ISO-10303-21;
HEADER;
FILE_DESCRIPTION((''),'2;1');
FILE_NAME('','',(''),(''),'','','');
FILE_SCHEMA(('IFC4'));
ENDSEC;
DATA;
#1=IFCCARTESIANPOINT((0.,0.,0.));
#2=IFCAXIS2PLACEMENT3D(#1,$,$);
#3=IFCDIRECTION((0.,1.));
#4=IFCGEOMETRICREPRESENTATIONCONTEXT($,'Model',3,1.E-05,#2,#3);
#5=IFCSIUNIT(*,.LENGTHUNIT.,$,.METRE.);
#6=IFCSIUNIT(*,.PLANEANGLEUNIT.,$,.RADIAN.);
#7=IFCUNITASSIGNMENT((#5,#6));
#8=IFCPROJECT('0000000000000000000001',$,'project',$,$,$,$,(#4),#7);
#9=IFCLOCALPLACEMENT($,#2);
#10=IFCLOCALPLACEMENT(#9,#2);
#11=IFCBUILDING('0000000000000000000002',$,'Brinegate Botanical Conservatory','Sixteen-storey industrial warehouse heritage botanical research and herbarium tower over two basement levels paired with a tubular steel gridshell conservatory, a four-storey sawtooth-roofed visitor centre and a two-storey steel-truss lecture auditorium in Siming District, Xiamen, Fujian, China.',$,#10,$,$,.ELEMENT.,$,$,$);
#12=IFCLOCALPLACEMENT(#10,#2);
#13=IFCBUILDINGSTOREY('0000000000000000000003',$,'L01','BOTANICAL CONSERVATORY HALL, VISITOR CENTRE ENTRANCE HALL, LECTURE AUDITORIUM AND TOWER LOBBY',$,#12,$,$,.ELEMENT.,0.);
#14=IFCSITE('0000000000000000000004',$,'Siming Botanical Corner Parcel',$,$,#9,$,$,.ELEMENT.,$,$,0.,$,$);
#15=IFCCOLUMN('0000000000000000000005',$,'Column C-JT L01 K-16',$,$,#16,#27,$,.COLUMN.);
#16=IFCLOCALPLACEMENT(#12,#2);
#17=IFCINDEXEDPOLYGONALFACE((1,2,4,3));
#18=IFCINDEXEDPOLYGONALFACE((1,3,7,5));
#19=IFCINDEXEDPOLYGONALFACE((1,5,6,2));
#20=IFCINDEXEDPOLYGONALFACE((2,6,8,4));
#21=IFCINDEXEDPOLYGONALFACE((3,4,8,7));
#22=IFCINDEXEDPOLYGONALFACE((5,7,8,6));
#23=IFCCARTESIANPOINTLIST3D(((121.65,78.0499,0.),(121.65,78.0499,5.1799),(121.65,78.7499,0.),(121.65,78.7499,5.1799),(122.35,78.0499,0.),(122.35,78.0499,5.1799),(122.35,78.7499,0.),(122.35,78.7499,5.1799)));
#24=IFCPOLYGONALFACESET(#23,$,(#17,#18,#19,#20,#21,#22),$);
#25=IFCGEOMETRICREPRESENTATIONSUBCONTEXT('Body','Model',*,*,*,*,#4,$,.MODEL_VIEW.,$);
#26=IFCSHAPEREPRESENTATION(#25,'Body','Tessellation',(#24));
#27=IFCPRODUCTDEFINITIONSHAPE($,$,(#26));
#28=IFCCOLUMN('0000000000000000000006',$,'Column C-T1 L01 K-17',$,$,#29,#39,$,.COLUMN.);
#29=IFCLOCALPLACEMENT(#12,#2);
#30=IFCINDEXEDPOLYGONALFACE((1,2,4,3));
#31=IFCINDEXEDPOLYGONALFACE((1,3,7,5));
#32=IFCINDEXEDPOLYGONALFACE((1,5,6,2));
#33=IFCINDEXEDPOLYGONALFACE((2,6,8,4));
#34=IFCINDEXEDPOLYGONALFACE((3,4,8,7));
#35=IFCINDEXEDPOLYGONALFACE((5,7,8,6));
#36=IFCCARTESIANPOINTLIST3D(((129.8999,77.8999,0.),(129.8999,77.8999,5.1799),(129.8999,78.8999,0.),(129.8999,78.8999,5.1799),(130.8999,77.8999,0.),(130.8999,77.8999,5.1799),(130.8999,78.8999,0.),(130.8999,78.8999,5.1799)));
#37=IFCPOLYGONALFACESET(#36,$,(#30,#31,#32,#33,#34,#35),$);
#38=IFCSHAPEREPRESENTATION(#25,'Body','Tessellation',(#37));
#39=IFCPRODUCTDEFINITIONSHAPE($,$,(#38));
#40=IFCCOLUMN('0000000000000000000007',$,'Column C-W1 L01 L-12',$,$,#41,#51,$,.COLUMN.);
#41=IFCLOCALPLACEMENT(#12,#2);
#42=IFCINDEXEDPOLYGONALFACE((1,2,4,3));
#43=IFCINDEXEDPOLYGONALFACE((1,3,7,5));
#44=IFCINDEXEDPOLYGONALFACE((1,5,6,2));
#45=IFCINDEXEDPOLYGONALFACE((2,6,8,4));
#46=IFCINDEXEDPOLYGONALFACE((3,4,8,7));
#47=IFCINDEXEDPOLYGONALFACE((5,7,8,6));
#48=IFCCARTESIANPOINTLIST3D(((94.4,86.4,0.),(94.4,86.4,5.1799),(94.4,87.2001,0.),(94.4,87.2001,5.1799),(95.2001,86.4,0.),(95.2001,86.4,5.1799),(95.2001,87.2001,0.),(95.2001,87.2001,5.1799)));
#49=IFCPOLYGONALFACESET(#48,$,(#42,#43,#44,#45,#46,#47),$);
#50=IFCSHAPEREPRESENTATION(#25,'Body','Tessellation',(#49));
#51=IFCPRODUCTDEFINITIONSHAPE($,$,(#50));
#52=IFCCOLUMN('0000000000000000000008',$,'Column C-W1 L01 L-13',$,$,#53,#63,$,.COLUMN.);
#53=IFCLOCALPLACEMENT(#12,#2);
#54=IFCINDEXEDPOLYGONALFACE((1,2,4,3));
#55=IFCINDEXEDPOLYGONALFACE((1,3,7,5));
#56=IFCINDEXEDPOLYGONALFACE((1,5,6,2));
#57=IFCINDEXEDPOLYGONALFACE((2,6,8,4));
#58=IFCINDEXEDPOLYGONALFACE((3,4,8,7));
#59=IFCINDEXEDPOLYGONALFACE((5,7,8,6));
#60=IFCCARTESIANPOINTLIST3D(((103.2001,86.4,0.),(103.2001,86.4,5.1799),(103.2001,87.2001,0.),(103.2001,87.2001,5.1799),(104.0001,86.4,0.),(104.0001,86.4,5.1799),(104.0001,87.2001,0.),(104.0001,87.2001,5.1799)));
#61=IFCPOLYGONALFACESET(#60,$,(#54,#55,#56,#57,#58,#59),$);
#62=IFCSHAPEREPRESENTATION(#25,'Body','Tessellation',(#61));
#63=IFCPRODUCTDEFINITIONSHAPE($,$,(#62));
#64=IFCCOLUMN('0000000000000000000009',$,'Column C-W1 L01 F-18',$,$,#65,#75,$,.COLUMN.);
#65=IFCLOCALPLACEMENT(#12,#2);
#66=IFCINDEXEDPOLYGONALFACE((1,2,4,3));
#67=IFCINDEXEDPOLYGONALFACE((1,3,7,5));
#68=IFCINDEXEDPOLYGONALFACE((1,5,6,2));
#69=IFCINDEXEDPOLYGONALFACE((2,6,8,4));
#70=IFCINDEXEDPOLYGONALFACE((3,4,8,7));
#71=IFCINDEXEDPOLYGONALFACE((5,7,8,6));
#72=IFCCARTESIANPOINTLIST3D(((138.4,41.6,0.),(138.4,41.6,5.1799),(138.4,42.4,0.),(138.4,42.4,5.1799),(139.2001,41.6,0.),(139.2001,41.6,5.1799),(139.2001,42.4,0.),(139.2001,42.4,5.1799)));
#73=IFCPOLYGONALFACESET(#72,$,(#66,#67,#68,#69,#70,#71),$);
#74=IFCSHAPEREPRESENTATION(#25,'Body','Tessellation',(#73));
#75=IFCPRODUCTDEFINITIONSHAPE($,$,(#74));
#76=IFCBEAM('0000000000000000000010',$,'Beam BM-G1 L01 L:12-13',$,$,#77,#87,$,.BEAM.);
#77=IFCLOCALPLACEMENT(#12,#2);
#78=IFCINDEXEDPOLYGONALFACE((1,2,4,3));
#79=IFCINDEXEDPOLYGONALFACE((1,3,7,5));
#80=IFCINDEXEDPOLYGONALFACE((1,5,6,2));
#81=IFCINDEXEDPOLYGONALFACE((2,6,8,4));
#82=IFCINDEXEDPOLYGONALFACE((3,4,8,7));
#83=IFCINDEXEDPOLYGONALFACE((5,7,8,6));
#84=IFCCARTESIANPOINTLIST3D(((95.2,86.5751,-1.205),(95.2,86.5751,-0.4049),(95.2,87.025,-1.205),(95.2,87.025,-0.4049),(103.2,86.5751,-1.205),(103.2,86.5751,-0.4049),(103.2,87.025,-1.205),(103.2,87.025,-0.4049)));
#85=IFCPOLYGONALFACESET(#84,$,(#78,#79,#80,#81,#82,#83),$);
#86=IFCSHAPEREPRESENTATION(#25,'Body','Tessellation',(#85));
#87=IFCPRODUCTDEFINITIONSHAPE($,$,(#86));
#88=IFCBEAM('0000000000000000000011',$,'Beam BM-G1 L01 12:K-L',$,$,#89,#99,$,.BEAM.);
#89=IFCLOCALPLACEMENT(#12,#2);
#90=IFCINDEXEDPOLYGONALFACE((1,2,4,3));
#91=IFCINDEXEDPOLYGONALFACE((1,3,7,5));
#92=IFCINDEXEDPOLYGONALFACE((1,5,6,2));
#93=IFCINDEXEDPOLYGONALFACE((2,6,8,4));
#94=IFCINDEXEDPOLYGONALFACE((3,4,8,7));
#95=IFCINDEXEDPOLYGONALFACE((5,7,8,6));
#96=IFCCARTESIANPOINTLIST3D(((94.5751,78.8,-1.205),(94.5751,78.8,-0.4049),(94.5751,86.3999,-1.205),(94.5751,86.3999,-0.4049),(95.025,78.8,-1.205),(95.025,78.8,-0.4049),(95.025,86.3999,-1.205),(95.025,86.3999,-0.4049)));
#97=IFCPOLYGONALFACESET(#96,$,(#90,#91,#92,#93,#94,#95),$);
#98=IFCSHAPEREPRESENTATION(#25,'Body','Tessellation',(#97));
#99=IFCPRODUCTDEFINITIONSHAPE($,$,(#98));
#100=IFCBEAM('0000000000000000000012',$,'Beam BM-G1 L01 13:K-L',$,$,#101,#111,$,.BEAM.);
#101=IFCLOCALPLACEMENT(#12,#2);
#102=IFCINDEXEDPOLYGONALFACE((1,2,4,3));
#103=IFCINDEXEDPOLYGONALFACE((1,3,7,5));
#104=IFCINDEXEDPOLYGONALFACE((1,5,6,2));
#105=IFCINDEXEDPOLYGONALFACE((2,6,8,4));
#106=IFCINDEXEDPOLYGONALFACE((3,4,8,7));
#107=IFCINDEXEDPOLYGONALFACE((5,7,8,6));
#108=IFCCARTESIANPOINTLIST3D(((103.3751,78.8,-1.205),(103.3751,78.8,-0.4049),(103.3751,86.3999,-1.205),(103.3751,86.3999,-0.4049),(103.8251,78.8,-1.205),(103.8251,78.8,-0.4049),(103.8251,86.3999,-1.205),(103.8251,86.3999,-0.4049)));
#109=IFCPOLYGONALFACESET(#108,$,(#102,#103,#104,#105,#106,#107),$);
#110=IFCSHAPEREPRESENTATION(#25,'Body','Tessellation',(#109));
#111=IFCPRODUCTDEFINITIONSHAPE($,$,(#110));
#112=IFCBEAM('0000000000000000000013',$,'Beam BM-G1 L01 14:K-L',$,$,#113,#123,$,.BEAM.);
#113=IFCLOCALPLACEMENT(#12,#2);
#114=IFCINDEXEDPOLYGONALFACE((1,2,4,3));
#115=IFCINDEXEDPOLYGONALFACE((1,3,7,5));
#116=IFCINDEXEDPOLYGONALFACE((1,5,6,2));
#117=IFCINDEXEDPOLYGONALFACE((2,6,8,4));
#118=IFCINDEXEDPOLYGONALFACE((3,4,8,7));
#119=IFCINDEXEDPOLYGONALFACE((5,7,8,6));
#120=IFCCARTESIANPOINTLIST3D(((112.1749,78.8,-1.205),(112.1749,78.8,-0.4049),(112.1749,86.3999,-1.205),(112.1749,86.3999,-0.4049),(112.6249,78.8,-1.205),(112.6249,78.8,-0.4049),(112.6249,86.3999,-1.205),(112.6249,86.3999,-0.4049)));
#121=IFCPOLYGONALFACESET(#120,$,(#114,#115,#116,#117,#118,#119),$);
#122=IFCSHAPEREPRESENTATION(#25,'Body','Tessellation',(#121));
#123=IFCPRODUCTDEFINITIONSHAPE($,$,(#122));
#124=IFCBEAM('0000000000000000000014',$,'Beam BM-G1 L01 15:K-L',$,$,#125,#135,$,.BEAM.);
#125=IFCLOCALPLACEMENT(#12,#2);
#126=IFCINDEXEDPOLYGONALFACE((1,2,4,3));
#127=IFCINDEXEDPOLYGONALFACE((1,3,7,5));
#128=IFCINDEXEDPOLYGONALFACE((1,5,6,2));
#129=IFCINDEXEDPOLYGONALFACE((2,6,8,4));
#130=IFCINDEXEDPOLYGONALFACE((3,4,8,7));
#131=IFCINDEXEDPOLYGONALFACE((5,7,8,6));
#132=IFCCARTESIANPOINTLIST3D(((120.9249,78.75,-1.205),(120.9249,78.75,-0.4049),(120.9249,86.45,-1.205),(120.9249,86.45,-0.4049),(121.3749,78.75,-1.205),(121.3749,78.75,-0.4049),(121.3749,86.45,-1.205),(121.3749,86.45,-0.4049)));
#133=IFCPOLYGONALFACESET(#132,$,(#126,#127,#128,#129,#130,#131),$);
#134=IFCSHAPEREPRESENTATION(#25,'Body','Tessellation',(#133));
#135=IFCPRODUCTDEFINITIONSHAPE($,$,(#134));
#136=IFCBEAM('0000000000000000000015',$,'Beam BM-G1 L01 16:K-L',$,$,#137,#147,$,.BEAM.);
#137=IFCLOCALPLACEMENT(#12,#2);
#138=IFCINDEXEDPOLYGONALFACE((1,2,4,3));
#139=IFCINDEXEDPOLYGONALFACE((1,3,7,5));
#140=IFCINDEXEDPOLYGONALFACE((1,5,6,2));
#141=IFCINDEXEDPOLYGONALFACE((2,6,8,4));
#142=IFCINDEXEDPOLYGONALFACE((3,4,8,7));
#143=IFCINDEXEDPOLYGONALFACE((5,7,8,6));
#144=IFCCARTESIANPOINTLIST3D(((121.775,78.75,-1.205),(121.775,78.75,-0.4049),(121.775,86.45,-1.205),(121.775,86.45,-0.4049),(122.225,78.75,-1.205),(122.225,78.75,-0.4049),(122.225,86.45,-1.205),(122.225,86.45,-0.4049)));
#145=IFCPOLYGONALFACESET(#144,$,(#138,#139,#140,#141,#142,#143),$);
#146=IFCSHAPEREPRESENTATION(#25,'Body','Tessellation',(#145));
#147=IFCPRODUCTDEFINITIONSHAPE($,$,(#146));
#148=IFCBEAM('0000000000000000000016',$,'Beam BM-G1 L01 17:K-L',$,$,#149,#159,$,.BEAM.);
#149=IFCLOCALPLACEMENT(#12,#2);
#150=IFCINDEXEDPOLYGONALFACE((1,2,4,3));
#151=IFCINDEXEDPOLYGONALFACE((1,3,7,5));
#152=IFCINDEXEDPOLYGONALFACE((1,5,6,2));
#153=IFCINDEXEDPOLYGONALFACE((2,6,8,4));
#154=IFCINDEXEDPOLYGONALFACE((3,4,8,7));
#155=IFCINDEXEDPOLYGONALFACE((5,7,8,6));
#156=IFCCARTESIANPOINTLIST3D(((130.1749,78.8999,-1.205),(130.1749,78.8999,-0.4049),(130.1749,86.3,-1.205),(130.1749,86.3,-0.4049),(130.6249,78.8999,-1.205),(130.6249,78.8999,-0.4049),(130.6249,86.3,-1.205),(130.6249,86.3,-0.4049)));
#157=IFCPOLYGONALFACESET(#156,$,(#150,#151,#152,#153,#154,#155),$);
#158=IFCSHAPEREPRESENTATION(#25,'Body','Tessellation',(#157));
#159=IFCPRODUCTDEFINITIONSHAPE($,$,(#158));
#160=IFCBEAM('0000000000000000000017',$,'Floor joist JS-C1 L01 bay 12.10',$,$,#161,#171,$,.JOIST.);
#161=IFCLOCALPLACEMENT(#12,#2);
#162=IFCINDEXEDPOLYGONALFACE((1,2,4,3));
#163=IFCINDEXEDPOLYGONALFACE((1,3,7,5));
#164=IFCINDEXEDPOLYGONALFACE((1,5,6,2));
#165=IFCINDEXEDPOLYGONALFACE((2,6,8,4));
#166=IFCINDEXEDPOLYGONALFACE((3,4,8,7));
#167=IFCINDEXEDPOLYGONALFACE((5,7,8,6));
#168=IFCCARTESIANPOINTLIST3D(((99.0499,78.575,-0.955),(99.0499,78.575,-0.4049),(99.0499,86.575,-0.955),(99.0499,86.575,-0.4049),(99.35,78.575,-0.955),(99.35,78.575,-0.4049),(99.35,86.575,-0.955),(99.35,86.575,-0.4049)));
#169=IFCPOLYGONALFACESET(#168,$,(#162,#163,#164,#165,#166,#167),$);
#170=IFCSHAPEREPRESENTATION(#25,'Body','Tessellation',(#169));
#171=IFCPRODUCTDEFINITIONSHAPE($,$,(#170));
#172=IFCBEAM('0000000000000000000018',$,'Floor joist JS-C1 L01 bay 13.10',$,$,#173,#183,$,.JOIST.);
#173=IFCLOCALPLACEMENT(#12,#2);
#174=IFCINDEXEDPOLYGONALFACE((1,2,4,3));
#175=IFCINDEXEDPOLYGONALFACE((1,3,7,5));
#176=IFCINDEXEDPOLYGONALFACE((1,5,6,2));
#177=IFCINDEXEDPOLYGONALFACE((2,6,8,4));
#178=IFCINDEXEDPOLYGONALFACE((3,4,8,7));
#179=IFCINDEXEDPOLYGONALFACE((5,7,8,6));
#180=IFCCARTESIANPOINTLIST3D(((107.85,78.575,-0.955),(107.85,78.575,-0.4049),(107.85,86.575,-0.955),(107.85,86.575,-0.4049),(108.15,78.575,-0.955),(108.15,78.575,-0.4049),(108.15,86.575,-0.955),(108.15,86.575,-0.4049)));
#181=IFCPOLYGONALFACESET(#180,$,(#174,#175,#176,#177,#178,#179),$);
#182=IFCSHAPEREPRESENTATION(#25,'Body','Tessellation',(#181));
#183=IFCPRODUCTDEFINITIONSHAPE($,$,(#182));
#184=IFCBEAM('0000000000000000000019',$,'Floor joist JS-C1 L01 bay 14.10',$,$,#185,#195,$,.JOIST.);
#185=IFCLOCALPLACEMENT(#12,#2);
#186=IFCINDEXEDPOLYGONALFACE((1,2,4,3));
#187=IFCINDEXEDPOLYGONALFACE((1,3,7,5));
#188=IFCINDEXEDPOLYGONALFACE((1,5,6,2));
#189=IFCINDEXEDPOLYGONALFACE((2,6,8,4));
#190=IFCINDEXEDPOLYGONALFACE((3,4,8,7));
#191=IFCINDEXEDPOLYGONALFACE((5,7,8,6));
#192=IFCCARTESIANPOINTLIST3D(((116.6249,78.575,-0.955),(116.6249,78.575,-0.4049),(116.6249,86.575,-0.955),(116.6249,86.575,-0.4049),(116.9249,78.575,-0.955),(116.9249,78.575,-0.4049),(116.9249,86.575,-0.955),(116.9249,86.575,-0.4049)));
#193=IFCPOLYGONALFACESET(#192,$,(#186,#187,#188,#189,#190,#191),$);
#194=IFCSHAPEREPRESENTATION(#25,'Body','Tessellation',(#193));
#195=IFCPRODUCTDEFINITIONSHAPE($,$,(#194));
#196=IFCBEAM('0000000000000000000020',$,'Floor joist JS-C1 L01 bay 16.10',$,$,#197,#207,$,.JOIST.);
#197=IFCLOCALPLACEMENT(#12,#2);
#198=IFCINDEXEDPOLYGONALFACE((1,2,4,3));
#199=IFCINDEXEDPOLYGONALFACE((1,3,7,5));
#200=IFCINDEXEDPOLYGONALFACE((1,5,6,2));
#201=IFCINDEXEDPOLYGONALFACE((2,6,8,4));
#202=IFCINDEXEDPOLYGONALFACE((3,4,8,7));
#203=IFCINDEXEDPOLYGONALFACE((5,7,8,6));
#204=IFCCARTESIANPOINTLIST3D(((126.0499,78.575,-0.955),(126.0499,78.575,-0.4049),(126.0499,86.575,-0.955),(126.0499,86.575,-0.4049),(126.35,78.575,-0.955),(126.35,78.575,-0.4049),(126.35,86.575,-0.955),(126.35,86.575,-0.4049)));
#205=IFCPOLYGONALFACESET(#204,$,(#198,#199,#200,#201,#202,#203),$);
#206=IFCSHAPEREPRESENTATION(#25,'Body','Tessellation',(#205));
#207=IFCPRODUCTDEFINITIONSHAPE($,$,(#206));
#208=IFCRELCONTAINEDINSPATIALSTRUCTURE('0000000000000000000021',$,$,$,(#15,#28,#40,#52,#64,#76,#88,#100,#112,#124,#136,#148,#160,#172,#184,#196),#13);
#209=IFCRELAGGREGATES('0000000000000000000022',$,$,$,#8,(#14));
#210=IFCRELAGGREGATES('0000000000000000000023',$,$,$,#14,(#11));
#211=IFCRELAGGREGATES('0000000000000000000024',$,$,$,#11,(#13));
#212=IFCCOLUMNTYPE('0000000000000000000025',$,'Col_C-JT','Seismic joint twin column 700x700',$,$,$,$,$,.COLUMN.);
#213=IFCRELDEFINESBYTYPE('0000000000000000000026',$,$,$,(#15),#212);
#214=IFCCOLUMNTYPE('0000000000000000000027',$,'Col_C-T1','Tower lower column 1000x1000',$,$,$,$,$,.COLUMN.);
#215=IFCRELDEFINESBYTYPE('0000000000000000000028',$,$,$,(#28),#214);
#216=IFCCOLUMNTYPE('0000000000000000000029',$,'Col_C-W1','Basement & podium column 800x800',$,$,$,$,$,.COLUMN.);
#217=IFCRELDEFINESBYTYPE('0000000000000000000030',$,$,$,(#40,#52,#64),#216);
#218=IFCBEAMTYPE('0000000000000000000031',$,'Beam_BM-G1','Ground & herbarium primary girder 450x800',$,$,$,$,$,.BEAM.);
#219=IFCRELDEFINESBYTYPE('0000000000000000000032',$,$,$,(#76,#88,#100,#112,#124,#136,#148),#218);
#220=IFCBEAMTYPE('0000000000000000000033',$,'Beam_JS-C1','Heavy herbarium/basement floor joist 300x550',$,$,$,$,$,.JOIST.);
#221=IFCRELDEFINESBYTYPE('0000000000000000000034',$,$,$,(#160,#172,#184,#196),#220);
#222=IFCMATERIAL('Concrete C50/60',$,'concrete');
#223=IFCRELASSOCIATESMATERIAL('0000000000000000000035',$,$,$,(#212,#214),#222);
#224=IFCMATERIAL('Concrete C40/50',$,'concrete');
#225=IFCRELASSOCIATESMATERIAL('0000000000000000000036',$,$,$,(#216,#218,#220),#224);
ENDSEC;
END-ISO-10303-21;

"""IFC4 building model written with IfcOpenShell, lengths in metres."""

from ifc_helpers import new_model, si_unit, direction, frame, origin, origin_2d, place, context, subcontext, project, spatial, rectangle, extrude, material, material_profile, profile_set, type_object, element, save


model = new_model("IFC4")

# Units and contexts
model_context = context("Model", 3, precision=1e-05, world=origin(), true_north=direction((0.0, 1.0)))
body_context = subcontext(model_context, "Body", "Model", "MODEL_VIEW")
ifc_project = project(units=[si_unit("LENGTHUNIT", "METRE"), si_unit("PLANEANGLEUNIT", "RADIAN")], contexts=[model_context])

# Site, building, storey
site_placement = place(None, origin())
site = spatial("IfcSite", under=ifc_project, at=site_placement, Name="Siming Botanical Corner Parcel", CompositionType="ELEMENT", RefElevation=0.0)
building_placement = place(site_placement, origin())
building = spatial("IfcBuilding", under=site, at=building_placement, Name="Brinegate Botanical Conservatory", Description="Sixteen-storey industrial warehouse heritage botanical research and herbarium tower over two basement levels paired with a tubular steel gridshell conservatory, a four-storey sawtooth-roofed visitor centre and a two-storey steel-truss lecture auditorium in Siming District, Xiamen, Fujian, China.", CompositionType="ELEMENT")
storey_placement = place(building_placement, origin())
storey = spatial("IfcBuildingStorey", under=building, at=storey_placement, Name="L01", Description="BOTANICAL CONSERVATORY HALL, VISITOR CENTRE ENTRANCE HALL, LECTURE AUDITORIUM AND TOWER LOBBY", CompositionType="ELEMENT", Elevation=0.0)

# Columns
ifc_material_1 = material(Name="Concrete C50/60", Category="concrete")
ifc_material_profile_1 = material_profile(ifc_material_1, rectangle(XDim=0.7, YDim=0.7, at=origin_2d()), Name="RC COL 700x700")
ifc_profile_set_1 = profile_set([ifc_material_profile_1], Name="Concrete C50/60")
column_type_1 = type_object("IfcColumnType", Name="Col_C-JT", Description="Seismic joint twin column 700x700", PredefinedType="COLUMN", material=ifc_profile_set_1)
column_1_placement = place(storey_placement, frame((122.0, 78.3999, 0.0), z_axis=(0.0, 0.0, 1.0), x_axis=(1.0, 0.0, 0.0)))
element("IfcColumn", 1, at=column_1_placement, inside=storey, type_object=column_type_1, Name="Column C-JT L01 K-16", PredefinedType="COLUMN", context=body_context, shape_type="SweptSolid", body=[
    extrude(rectangle(XDim=0.7, YDim=0.7, at=origin_2d()), origin(), (0.0, 0.0, 1.0), 5.1799),
])
ifc_material_profile_2 = material_profile(ifc_material_1, rectangle(XDim=1.0, YDim=1.0, at=origin_2d()), Name="RC COL 1000x1000")
ifc_profile_set_2 = profile_set([ifc_material_profile_2], Name="Concrete C50/60")
column_type_2 = type_object("IfcColumnType", Name="Col_C-T1", Description="Tower lower column 1000x1000", PredefinedType="COLUMN", material=ifc_profile_set_2)
column_2_placement = place(storey_placement, frame((130.3999, 78.3999, 0.0), z_axis=(0.0, 0.0, 1.0), x_axis=(1.0, 0.0, 0.0)))
element("IfcColumn", 2, at=column_2_placement, inside=storey, type_object=column_type_2, Name="Column C-T1 L01 K-17", PredefinedType="COLUMN", context=body_context, shape_type="SweptSolid", body=[
    extrude(rectangle(XDim=1.0, YDim=1.0, at=origin_2d()), origin(), (0.0, 0.0, 1.0), 5.1799),
])
ifc_material_2 = material(Name="Concrete C40/50", Category="concrete")
ifc_material_profile_3 = material_profile(ifc_material_2, rectangle(XDim=0.8, YDim=0.8, at=origin_2d()), Name="RC COL 800x800")
ifc_profile_set_3 = profile_set([ifc_material_profile_3], Name="Concrete C40/50")
column_type_3 = type_object("IfcColumnType", Name="Col_C-W1", Description="Basement & podium column 800x800", PredefinedType="COLUMN", material=ifc_profile_set_3)
for number, where, z_axis, x_axis, name in (
    (3, (94.8, 86.8, 0.0), (0.0, 0.0, 1.0), (1.0, 0.0, 0.0), "Column C-W1 L01 L-12"),
    (4, (103.6001, 86.8, 0.0), (0.0, 0.0, 1.0), (1.0, 0.0, 0.0), "Column C-W1 L01 L-13"),
    (5, (138.8, 42.0, 0.0), (0.0, 0.0, 1.0), (1.0, 0.0, 0.0), "Column C-W1 L01 F-18"),
):
    element("IfcColumn", number, at=place(storey_placement, frame(where, z_axis=z_axis, x_axis=x_axis)), inside=storey, type_object=column_type_3, Name=name, PredefinedType="COLUMN", context=body_context, shape_type="SweptSolid", body=[
        extrude(rectangle(XDim=0.8, YDim=0.8, at=origin_2d()), origin(), (0.0, 0.0, 1.0), 5.1799),
    ])

# Beams
ifc_material_profile_4 = material_profile(ifc_material_2, rectangle(XDim=0.45, YDim=0.8, at=origin_2d()), Name="RC BM 450x800")
ifc_profile_set_4 = profile_set([ifc_material_profile_4], Name="Concrete C40/50")
beam_type_1 = type_object("IfcBeamType", Name="Beam_BM-G1", Description="Ground & herbarium primary girder 450x800", PredefinedType="BEAM", material=ifc_profile_set_4)
beam_1_placement = place(storey_placement, frame((95.2, 86.8, -0.8049), z_axis=(1.0, 0.0, 0.0), x_axis=(0.0, 1.0, 0.0)))
element("IfcBeam", 6, at=beam_1_placement, inside=storey, type_object=beam_type_1, Name="Beam BM-G1 L01 L:12-13", PredefinedType="BEAM", context=body_context, shape_type="SweptSolid", body=[
    extrude(rectangle(XDim=0.45, YDim=0.8, at=origin_2d()), origin(), (0.0, 0.0, 1.0), 8.0),
])
for number, where, z_axis, x_axis, name in (
    (7, (94.8, 78.8, -0.8049), (0.0, 1.0, 0.0), (-1.0, 0.0, 0.0), "Beam BM-G1 L01 12:K-L"),
    (8, (103.6001, 78.8, -0.8049), (0.0, 1.0, 0.0), (-1.0, 0.0, 0.0), "Beam BM-G1 L01 13:K-L"),
    (9, (112.3999, 78.8, -0.8049), (0.0, 1.0, 0.0), (-1.0, 0.0, 0.0), "Beam BM-G1 L01 14:K-L"),
):
    element("IfcBeam", number, at=place(storey_placement, frame(where, z_axis=z_axis, x_axis=x_axis)), inside=storey, type_object=beam_type_1, Name=name, PredefinedType="BEAM", context=body_context, shape_type="SweptSolid", body=[
        extrude(rectangle(XDim=0.45, YDim=0.8, at=origin_2d()), origin(), (0.0, 0.0, 1.0), 7.5999),
    ])
for number, where, z_axis, x_axis, name in (
    (10, (121.1499, 78.75, -0.8049), (0.0, 1.0, 0.0), (-1.0, 0.0, 0.0), "Beam BM-G1 L01 15:K-L"),
    (11, (122.0, 78.75, -0.8049), (0.0, 1.0, 0.0), (-1.0, 0.0, 0.0), "Beam BM-G1 L01 16:K-L"),
):
    element("IfcBeam", number, at=place(storey_placement, frame(where, z_axis=z_axis, x_axis=x_axis)), inside=storey, type_object=beam_type_1, Name=name, PredefinedType="BEAM", context=body_context, shape_type="SweptSolid", body=[
        extrude(rectangle(XDim=0.45, YDim=0.8, at=origin_2d()), origin(), (0.0, 0.0, 1.0), 7.7),
    ])
beam_2_placement = place(storey_placement, frame((130.3999, 78.8999, -0.8049), z_axis=(0.0, 1.0, 0.0), x_axis=(-1.0, 0.0, 0.0)))
element("IfcBeam", 12, at=beam_2_placement, inside=storey, type_object=beam_type_1, Name="Beam BM-G1 L01 17:K-L", PredefinedType="BEAM", context=body_context, shape_type="SweptSolid", body=[
    extrude(rectangle(XDim=0.45, YDim=0.8, at=origin_2d()), origin(), (0.0, 0.0, 1.0), 7.4001),
])
ifc_material_profile_5 = material_profile(ifc_material_2, rectangle(XDim=0.3, YDim=0.55, at=origin_2d()), Name="RC JST 300x550")
ifc_profile_set_5 = profile_set([ifc_material_profile_5], Name="Concrete C40/50")
beam_type_2 = type_object("IfcBeamType", Name="Beam_JS-C1", Description="Heavy herbarium/basement floor joist 300x550", PredefinedType="JOIST", material=ifc_profile_set_5)
for number, where, z_axis, x_axis, name in (
    (13, (99.2, 78.575, -0.6799), (0.0, 1.0, 0.0), (-1.0, 0.0, 0.0), "Floor joist JS-C1 L01 bay 12.10"),
    (14, (108.0, 78.575, -0.6799), (0.0, 1.0, 0.0), (-1.0, 0.0, 0.0), "Floor joist JS-C1 L01 bay 13.10"),
    (15, (116.7749, 78.575, -0.6799), (0.0, 1.0, 0.0), (-1.0, 0.0, 0.0), "Floor joist JS-C1 L01 bay 14.10"),
    (16, (126.2, 78.575, -0.6799), (0.0, 1.0, 0.0), (-1.0, 0.0, 0.0), "Floor joist JS-C1 L01 bay 16.10"),
):
    element("IfcBeam", number, at=place(storey_placement, frame(where, z_axis=z_axis, x_axis=x_axis)), inside=storey, type_object=beam_type_2, Name=name, PredefinedType="JOIST", context=body_context, shape_type="SweptSolid", body=[
        extrude(rectangle(XDim=0.3, YDim=0.55, at=origin_2d()), origin(), (0.0, 0.0, 1.0), 8.0),
    ])

save(model, "model.ifc")
